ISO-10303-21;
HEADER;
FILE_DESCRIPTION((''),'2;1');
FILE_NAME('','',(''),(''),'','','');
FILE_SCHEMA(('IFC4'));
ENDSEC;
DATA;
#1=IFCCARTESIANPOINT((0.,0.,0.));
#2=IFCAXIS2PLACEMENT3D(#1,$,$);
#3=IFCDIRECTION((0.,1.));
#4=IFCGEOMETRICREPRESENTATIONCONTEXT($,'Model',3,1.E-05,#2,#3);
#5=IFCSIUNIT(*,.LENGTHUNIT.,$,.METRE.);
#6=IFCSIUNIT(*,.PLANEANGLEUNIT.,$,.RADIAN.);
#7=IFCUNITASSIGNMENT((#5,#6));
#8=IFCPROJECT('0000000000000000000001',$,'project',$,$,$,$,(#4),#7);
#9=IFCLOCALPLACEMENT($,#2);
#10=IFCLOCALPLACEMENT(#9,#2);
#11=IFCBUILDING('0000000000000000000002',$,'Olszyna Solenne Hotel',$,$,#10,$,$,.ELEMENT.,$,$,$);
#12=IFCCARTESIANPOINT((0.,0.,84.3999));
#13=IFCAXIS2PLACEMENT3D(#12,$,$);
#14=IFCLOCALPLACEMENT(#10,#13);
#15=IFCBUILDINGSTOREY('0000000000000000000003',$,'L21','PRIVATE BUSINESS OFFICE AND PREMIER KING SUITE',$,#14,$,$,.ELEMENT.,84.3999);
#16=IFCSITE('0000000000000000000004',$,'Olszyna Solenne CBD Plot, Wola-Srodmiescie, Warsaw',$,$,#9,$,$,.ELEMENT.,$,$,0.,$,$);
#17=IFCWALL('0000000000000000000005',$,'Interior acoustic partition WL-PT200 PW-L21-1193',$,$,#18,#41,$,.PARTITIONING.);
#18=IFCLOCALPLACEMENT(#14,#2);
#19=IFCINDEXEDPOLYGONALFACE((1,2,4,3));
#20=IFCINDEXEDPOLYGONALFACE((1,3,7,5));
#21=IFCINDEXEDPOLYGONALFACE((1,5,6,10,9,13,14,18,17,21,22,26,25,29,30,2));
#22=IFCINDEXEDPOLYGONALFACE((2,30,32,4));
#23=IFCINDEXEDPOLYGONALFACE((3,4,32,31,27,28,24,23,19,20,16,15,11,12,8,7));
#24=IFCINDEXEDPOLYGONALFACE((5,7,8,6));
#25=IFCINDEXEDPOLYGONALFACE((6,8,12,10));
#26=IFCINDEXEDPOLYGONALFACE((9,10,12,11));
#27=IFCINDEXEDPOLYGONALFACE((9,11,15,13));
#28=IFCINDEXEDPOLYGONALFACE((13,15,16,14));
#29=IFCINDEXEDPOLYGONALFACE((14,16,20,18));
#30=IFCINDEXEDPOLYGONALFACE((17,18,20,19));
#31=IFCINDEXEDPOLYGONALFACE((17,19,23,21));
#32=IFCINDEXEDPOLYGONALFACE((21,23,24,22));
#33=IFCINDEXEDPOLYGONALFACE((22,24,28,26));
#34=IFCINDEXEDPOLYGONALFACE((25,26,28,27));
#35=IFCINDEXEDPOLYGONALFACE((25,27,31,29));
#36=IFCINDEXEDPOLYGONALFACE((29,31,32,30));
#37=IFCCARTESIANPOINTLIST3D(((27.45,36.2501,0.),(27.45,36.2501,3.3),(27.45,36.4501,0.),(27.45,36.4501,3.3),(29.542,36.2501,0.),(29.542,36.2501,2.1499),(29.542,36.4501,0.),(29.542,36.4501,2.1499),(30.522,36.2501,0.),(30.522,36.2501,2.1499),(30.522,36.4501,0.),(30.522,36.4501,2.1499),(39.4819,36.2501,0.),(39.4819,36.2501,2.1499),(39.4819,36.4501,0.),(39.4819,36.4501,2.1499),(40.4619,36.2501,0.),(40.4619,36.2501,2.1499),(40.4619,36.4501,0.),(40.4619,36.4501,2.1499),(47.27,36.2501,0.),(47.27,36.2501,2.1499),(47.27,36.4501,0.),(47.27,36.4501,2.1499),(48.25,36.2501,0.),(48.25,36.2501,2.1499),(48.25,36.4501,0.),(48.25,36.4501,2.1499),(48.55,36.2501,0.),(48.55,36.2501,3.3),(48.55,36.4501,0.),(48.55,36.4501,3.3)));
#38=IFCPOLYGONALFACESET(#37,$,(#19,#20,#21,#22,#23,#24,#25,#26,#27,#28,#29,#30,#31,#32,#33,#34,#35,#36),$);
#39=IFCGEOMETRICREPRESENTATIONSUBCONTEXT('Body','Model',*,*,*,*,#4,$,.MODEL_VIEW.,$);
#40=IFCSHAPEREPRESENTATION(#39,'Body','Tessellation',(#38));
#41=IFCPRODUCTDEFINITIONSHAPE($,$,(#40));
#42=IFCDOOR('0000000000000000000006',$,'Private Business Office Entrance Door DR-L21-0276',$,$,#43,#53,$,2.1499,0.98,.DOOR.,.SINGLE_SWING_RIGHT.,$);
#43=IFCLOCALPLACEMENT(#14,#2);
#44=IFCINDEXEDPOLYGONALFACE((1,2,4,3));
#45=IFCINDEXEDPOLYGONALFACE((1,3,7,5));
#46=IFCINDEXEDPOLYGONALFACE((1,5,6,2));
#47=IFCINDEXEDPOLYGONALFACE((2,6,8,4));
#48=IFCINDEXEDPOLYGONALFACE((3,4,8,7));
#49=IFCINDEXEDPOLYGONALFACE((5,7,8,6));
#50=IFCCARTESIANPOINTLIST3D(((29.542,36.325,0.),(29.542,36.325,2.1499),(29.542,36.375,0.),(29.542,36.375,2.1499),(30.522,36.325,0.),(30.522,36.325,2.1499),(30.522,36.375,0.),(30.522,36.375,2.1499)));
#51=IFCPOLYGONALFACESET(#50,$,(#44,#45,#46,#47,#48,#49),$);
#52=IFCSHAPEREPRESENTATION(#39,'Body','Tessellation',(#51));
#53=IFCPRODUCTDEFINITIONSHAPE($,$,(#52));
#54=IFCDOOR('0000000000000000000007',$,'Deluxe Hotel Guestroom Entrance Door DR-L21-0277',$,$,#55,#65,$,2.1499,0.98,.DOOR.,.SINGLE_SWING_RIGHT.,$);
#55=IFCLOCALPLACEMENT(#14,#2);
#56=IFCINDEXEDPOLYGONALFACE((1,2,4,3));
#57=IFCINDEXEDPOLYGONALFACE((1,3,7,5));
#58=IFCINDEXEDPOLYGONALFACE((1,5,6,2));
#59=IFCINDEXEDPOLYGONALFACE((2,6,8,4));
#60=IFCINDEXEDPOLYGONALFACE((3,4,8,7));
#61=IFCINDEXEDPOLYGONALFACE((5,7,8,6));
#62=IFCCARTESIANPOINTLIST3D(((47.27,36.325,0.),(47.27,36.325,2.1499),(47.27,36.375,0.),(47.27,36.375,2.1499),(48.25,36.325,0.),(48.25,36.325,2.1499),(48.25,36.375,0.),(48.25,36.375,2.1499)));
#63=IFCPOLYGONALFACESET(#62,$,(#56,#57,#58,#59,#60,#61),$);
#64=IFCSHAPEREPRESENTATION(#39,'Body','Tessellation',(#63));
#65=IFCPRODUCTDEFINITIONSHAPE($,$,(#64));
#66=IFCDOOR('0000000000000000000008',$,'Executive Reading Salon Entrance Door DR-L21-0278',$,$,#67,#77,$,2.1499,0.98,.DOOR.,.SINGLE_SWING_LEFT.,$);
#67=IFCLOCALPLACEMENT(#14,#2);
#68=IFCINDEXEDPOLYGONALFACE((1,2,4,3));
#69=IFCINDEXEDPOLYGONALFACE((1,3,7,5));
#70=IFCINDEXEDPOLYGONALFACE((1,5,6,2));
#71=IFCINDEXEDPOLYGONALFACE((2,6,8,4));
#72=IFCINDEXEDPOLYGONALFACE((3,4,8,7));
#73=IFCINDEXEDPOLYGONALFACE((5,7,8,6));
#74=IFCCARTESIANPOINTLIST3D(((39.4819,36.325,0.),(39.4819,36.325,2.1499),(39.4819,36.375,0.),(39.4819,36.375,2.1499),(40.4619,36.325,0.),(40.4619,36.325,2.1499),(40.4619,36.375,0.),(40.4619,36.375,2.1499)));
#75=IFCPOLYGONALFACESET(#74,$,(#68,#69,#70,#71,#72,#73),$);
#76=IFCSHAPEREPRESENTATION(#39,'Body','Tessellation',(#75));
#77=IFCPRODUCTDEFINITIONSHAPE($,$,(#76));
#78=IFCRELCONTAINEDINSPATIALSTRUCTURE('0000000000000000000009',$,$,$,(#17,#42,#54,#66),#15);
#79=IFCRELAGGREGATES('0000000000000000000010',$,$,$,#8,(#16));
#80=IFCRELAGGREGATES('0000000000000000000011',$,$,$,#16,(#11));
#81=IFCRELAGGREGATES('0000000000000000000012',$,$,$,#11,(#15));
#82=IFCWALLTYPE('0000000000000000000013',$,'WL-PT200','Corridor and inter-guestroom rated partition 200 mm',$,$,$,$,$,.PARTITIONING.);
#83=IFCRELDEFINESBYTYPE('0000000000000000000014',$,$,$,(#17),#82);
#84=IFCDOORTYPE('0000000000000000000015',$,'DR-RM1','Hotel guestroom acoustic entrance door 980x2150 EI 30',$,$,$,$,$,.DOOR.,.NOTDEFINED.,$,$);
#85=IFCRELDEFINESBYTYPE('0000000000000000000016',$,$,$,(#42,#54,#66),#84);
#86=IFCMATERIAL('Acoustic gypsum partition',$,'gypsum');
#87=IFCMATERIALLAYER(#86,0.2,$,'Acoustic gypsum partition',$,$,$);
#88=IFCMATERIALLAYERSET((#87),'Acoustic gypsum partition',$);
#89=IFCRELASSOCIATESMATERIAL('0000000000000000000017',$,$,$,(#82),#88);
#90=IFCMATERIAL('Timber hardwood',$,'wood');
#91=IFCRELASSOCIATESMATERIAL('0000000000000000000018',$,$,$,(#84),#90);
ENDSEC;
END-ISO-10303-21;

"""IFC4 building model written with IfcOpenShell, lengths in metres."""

from ifc_helpers import new_model, si_unit, direction, frame, frame_2d, origin, place, context, subcontext, project, spatial, rectangle, extrude, source, transform, mapped, material, layer, layer_set, type_object, type_shapes, element, fill, save


model = new_model("IFC4")

# Units and contexts
model_context = context("Model", 3, precision=1e-05, world=origin(), true_north=direction((0.0, 1.0)))
body_context = subcontext(model_context, "Body", "Model", "MODEL_VIEW")
ifc_project = project(units=[si_unit("LENGTHUNIT", "METRE"), si_unit("PLANEANGLEUNIT", "RADIAN")], contexts=[model_context])

# Site, building, storey
site_placement = place(None, origin())
site = spatial("IfcSite", under=ifc_project, at=site_placement, Name="Olszyna Solenne CBD Plot, Wola-Srodmiescie, Warsaw", CompositionType="ELEMENT", RefElevation=0.0)
building_placement = place(site_placement, origin())
building = spatial("IfcBuilding", under=site, at=building_placement, Name="Olszyna Solenne Hotel", CompositionType="ELEMENT")
storey_placement = place(building_placement, frame((0.0, 0.0, 84.3999)))
storey = spatial("IfcBuildingStorey", under=building, at=storey_placement, Name="L21", Description="PRIVATE BUSINESS OFFICE AND PREMIER KING SUITE", CompositionType="ELEMENT", Elevation=84.3999)

# Shared definitions
ifc_material_1 = material(Name="Acoustic gypsum partition", Category="gypsum")

# Shared definitions
ifc_layer_1 = layer(ifc_material_1, 0.2, Name="Acoustic gypsum partition")
ifc_layer_set_1 = layer_set([ifc_layer_1], Name="Acoustic gypsum partition")
wall_type_1 = type_object("IfcWallType", Name="WL-PT200", Description="Corridor and inter-guestroom rated partition 200 mm", PredefinedType="PARTITIONING", material=ifc_layer_set_1)

# Wall, openings, doors
wall_1_placement = place(storey_placement, frame((27.45, 36.3501, 0.0), z_axis=(0.0, 0.0, 1.0), x_axis=(1.0, 0.0, 0.0)))
wall_1 = element("IfcWall", 1, at=wall_1_placement, inside=storey, type_object=wall_type_1, Name="Interior acoustic partition WL-PT200 PW-L21-1193", PredefinedType="PARTITIONING", context=body_context, shape_type="SweptSolid", body=[
    extrude(rectangle(XDim=21.1001, YDim=0.2, at=frame_2d((10.55, 0.0))), origin(), (0.0, 0.0, 1.0), 3.3),
])
opening_1_placement = place(wall_1_placement, frame((2.092, 0.0, 0.0)))
opening_1 = element("IfcOpeningElement", 2, at=opening_1_placement, cuts=wall_1, PredefinedType="OPENING", context=body_context, shape_type="SweptSolid", body=[
    extrude(rectangle(XDim=0.98, YDim=2.1499, at=frame_2d((0.49, 1.075))), frame((0.0, 0.1099, 0.0), z_axis=(0.0, -1.0, 0.0), x_axis=(1.0, 0.0, 0.0)), (0.0, 0.0, 1.0), 0.22),
])
opening_2_placement = place(wall_1_placement, frame((19.8201, 0.0, 0.0)))
opening_2 = element("IfcOpeningElement", 3, at=opening_2_placement, cuts=wall_1, PredefinedType="OPENING", context=body_context, shape_type="SweptSolid", body=[
    extrude(rectangle(XDim=0.98, YDim=2.1499, at=frame_2d((0.49, 1.075))), frame((0.0, 0.1099, 0.0), z_axis=(0.0, -1.0, 0.0), x_axis=(1.0, 0.0, 0.0)), (0.0, 0.0, 1.0), 0.22),
])
opening_3_placement = place(wall_1_placement, frame((12.032, 0.0, 0.0)))
opening_3 = element("IfcOpeningElement", 4, at=opening_3_placement, cuts=wall_1, PredefinedType="OPENING", context=body_context, shape_type="SweptSolid", body=[
    extrude(rectangle(XDim=0.98, YDim=2.1499, at=frame_2d((0.49, 1.075))), frame((0.0, 0.1099, 0.0), z_axis=(0.0, -1.0, 0.0), x_axis=(1.0, 0.0, 0.0)), (0.0, 0.0, 1.0), 0.22),
])
ifc_material_2 = material(Name="Timber hardwood", Category="wood")
door_type_1 = type_object("IfcDoorType", Name="DR-RM1", Description="Hotel guestroom acoustic entrance door 980x2150 EI 30", OperationType="NOTDEFINED", PredefinedType="DOOR", material=ifc_material_2)
shared_shape_1 = source(origin(), body_context, "Body", "SweptSolid", [
    extrude(rectangle(XDim=0.98, YDim=2.1499, at=frame_2d((0.49, 1.075))), frame((0.0, 0.0249, 0.0), z_axis=(0.0, -1.0, 0.0), x_axis=(1.0, 0.0, 0.0)), (0.0, 0.0, 1.0), 0.05),
])
type_shapes(door_type_1, [shared_shape_1])
door_1_placement = place(opening_1_placement, origin())
door_1 = element("IfcDoor", 5, at=door_1_placement, inside=storey, type_object=door_type_1, Name="Private Business Office Entrance Door DR-L21-0276", OperationType="SINGLE_SWING_RIGHT", OverallHeight=2.1499, OverallWidth=0.98, PredefinedType="DOOR", context=body_context, shape_type="MappedRepresentation", body=[
    mapped(shared_shape_1, transform((0.0, 0.0, 0.0), x_axis=(1.0, 0.0, 0.0), y_axis=(0.0, 1.0, 0.0), z_axis=(0.0, 0.0, 1.0), scale=1.0)),
])
fill(opening_1, door_1)
door_2_placement = place(opening_2_placement, origin())
door_2 = element("IfcDoor", 6, at=door_2_placement, inside=storey, type_object=door_type_1, Name="Deluxe Hotel Guestroom Entrance Door DR-L21-0277", OperationType="SINGLE_SWING_RIGHT", OverallHeight=2.1499, OverallWidth=0.98, PredefinedType="DOOR", context=body_context, shape_type="MappedRepresentation", body=[
    mapped(shared_shape_1, transform((0.0, 0.0, 0.0), x_axis=(1.0, 0.0, 0.0), y_axis=(0.0, 1.0, 0.0), z_axis=(0.0, 0.0, 1.0), scale=1.0)),
])
fill(opening_2, door_2)
door_3_placement = place(opening_3_placement, origin())
door_3 = element("IfcDoor", 7, at=door_3_placement, inside=storey, type_object=door_type_1, Name="Executive Reading Salon Entrance Door DR-L21-0278", OperationType="SINGLE_SWING_LEFT", OverallHeight=2.1499, OverallWidth=0.98, PredefinedType="DOOR", context=body_context, shape_type="MappedRepresentation", body=[
    mapped(shared_shape_1, transform((0.0, 0.0, 0.0), x_axis=(1.0, 0.0, 0.0), y_axis=(0.0, 1.0, 0.0), z_axis=(0.0, 0.0, 1.0), scale=1.0)),
])
fill(opening_3, door_3)

save(model, "model.ifc")
